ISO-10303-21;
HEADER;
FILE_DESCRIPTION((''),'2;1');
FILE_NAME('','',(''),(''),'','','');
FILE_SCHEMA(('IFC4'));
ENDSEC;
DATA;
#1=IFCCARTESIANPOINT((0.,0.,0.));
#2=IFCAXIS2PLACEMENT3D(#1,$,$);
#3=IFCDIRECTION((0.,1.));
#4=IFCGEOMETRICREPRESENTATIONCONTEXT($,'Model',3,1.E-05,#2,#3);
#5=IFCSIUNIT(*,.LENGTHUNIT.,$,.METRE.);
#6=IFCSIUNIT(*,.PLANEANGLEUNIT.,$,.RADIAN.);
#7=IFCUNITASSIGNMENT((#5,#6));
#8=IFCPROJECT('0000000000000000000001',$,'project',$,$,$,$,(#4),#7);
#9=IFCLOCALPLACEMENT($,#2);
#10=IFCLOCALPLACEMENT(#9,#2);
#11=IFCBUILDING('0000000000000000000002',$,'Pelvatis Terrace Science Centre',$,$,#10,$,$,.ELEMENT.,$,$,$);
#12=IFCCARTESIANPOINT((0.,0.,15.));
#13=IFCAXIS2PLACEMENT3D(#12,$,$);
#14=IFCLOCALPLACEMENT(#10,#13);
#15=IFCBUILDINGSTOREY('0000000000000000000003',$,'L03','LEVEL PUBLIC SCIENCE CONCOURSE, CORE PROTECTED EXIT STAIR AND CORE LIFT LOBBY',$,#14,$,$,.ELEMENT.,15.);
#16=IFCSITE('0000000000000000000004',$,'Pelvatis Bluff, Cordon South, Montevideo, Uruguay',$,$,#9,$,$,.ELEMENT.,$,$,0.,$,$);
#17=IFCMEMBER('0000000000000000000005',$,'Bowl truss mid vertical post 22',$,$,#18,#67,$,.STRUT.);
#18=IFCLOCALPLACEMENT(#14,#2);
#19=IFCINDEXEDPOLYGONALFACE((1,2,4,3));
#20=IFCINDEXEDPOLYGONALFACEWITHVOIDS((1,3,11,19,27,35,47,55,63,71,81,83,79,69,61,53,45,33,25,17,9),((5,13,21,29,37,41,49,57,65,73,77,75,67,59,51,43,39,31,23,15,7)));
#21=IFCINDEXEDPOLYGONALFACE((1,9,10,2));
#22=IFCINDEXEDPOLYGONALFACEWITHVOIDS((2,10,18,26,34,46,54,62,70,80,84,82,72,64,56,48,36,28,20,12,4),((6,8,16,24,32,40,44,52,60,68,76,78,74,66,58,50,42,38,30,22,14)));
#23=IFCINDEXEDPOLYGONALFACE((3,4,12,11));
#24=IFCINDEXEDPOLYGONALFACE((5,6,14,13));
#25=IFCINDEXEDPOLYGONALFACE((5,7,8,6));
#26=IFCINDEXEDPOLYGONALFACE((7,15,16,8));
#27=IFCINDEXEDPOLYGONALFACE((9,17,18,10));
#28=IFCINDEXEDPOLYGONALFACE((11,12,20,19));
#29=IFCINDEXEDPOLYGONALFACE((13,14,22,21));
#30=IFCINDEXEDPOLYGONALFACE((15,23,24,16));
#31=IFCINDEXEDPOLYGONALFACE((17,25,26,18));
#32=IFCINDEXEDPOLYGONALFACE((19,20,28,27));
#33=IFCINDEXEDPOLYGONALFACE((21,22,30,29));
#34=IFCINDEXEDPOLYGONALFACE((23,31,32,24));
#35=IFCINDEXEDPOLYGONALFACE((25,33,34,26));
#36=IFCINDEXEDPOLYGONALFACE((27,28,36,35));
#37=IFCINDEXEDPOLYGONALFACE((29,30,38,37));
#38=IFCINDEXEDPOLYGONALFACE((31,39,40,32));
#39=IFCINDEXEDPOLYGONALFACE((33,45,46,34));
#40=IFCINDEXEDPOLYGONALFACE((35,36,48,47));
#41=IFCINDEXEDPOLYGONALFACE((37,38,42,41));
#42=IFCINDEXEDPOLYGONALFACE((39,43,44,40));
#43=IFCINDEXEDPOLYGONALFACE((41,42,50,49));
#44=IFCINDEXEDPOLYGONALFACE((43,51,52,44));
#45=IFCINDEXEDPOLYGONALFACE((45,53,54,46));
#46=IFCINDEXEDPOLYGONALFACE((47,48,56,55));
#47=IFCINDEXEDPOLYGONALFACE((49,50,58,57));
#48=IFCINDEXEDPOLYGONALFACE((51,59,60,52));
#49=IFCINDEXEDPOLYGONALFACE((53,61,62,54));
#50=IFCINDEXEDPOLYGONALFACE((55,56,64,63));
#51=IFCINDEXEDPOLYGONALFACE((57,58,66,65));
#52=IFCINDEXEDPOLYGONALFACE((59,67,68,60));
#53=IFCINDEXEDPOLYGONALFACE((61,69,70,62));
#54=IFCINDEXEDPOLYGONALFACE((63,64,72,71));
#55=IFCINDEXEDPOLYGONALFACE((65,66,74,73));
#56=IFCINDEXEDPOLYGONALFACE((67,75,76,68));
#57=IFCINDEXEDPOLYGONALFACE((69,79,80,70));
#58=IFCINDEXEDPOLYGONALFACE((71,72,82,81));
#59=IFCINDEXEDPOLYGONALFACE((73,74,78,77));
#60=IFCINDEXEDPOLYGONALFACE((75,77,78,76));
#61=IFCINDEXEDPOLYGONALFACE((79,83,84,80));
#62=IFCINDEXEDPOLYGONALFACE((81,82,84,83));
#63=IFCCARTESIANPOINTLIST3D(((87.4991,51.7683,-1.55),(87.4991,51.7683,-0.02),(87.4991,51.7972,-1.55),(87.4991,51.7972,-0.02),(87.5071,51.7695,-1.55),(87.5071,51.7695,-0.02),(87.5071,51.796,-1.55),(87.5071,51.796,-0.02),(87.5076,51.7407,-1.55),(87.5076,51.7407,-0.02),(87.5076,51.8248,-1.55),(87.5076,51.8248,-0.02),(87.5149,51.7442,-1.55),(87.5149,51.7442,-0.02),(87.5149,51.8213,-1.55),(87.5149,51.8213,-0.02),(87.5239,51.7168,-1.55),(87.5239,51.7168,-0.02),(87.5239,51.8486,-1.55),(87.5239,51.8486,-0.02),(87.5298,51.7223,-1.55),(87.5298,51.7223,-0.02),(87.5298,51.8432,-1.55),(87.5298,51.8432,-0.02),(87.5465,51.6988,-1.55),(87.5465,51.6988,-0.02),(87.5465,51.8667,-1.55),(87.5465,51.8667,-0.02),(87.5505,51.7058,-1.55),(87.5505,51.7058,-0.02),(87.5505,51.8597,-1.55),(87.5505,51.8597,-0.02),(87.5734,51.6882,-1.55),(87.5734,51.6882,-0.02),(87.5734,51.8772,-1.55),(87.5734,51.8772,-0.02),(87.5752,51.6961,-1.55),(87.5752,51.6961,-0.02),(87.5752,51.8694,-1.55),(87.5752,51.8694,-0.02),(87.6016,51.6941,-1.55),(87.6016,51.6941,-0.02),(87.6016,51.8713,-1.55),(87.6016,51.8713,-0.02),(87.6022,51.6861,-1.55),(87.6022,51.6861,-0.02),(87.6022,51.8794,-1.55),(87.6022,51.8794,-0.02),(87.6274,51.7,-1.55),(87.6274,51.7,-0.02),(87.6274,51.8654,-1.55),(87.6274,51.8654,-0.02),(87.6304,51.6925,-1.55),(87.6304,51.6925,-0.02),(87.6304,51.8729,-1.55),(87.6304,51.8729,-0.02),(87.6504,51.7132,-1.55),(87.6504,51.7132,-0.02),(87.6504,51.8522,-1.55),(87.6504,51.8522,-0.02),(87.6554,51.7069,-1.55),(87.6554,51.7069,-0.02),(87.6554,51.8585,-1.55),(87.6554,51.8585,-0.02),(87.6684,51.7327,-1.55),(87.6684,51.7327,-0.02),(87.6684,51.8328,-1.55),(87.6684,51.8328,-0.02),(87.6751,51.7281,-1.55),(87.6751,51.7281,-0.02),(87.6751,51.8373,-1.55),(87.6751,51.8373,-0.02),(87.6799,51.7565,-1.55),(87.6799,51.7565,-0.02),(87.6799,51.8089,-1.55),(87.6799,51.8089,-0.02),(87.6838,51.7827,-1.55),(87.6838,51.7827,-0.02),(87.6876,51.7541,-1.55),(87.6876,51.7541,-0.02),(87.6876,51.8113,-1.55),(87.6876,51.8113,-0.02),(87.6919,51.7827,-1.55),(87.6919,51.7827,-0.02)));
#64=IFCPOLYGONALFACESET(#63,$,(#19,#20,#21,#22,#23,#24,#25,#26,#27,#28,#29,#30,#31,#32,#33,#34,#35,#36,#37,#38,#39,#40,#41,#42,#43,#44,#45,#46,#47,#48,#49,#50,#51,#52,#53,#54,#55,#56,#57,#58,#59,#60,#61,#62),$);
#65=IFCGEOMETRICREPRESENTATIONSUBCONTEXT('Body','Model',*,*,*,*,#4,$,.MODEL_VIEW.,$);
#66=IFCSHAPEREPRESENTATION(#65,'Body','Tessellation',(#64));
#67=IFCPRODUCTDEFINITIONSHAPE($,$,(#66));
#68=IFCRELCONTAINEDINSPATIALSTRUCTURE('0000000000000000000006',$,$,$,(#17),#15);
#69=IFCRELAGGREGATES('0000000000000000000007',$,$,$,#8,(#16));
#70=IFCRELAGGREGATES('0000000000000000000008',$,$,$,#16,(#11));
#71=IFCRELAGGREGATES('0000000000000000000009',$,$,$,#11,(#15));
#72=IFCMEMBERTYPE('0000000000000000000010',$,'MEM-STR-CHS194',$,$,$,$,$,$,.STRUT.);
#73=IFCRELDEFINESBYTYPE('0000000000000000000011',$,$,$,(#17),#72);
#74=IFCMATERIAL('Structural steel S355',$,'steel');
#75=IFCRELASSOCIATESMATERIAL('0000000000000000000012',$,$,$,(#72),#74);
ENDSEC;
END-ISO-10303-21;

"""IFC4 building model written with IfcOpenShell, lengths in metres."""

from ifc_helpers import new_model, si_unit, direction, frame, origin, origin_2d, place, context, subcontext, project, spatial, hollow_circle, extrude, material, material_profile, profile_set, type_object, element, save


model = new_model("IFC4")

# Units and contexts
model_context = context("Model", 3, precision=1e-05, world=origin(), true_north=direction((0.0, 1.0)))
body_context = subcontext(model_context, "Body", "Model", "MODEL_VIEW")
ifc_project = project(units=[si_unit("LENGTHUNIT", "METRE"), si_unit("PLANEANGLEUNIT", "RADIAN")], contexts=[model_context])

# Site, building, storey
site_placement = place(None, origin())
site = spatial("IfcSite", under=ifc_project, at=site_placement, Name="Pelvatis Bluff, Cordon South, Montevideo, Uruguay", CompositionType="ELEMENT", RefElevation=0.0)
building_placement = place(site_placement, origin())
building = spatial("IfcBuilding", under=site, at=building_placement, Name="Pelvatis Terrace Science Centre", CompositionType="ELEMENT")
storey_placement = place(building_placement, frame((0.0, 0.0, 15.0)))
storey = spatial("IfcBuildingStorey", under=building, at=storey_placement, Name="L03", Description="LEVEL PUBLIC SCIENCE CONCOURSE, CORE PROTECTED EXIT STAIR AND CORE LIFT LOBBY", CompositionType="ELEMENT", Elevation=15.0)

# Member
ifc_material_1 = material(Name="Structural steel S355", Category="steel")
ifc_material_profile_1 = material_profile(ifc_material_1, hollow_circle(Radius=0.0969, WallThickness=0.0081, at=origin_2d()), Name="CHS 193.7x8.0")
ifc_profile_set_1 = profile_set([ifc_material_profile_1], Name="Structural steel S355")
member_type_1 = type_object("IfcMemberType", Name="MEM-STR-CHS194", PredefinedType="STRUT", material=ifc_profile_set_1)
for number, where, z_axis, x_axis, name in (
    (1, (87.595, 51.7827, -1.55), (0.0, 0.0, 1.0), (1.0, 0.0, 0.0), "Bowl truss mid vertical post 22"),
):
    element("IfcMember", number, at=place(storey_placement, frame(where, z_axis=z_axis, x_axis=x_axis)), inside=storey, type_object=member_type_1, Name=name, PredefinedType="STRUT", context=body_context, shape_type="SweptSolid", body=[
        extrude(hollow_circle(Radius=0.0969, WallThickness=0.0081, at=origin_2d()), origin(), (0.0, 0.0, 1.0), 1.53),
    ])

save(model, "model.ifc")
